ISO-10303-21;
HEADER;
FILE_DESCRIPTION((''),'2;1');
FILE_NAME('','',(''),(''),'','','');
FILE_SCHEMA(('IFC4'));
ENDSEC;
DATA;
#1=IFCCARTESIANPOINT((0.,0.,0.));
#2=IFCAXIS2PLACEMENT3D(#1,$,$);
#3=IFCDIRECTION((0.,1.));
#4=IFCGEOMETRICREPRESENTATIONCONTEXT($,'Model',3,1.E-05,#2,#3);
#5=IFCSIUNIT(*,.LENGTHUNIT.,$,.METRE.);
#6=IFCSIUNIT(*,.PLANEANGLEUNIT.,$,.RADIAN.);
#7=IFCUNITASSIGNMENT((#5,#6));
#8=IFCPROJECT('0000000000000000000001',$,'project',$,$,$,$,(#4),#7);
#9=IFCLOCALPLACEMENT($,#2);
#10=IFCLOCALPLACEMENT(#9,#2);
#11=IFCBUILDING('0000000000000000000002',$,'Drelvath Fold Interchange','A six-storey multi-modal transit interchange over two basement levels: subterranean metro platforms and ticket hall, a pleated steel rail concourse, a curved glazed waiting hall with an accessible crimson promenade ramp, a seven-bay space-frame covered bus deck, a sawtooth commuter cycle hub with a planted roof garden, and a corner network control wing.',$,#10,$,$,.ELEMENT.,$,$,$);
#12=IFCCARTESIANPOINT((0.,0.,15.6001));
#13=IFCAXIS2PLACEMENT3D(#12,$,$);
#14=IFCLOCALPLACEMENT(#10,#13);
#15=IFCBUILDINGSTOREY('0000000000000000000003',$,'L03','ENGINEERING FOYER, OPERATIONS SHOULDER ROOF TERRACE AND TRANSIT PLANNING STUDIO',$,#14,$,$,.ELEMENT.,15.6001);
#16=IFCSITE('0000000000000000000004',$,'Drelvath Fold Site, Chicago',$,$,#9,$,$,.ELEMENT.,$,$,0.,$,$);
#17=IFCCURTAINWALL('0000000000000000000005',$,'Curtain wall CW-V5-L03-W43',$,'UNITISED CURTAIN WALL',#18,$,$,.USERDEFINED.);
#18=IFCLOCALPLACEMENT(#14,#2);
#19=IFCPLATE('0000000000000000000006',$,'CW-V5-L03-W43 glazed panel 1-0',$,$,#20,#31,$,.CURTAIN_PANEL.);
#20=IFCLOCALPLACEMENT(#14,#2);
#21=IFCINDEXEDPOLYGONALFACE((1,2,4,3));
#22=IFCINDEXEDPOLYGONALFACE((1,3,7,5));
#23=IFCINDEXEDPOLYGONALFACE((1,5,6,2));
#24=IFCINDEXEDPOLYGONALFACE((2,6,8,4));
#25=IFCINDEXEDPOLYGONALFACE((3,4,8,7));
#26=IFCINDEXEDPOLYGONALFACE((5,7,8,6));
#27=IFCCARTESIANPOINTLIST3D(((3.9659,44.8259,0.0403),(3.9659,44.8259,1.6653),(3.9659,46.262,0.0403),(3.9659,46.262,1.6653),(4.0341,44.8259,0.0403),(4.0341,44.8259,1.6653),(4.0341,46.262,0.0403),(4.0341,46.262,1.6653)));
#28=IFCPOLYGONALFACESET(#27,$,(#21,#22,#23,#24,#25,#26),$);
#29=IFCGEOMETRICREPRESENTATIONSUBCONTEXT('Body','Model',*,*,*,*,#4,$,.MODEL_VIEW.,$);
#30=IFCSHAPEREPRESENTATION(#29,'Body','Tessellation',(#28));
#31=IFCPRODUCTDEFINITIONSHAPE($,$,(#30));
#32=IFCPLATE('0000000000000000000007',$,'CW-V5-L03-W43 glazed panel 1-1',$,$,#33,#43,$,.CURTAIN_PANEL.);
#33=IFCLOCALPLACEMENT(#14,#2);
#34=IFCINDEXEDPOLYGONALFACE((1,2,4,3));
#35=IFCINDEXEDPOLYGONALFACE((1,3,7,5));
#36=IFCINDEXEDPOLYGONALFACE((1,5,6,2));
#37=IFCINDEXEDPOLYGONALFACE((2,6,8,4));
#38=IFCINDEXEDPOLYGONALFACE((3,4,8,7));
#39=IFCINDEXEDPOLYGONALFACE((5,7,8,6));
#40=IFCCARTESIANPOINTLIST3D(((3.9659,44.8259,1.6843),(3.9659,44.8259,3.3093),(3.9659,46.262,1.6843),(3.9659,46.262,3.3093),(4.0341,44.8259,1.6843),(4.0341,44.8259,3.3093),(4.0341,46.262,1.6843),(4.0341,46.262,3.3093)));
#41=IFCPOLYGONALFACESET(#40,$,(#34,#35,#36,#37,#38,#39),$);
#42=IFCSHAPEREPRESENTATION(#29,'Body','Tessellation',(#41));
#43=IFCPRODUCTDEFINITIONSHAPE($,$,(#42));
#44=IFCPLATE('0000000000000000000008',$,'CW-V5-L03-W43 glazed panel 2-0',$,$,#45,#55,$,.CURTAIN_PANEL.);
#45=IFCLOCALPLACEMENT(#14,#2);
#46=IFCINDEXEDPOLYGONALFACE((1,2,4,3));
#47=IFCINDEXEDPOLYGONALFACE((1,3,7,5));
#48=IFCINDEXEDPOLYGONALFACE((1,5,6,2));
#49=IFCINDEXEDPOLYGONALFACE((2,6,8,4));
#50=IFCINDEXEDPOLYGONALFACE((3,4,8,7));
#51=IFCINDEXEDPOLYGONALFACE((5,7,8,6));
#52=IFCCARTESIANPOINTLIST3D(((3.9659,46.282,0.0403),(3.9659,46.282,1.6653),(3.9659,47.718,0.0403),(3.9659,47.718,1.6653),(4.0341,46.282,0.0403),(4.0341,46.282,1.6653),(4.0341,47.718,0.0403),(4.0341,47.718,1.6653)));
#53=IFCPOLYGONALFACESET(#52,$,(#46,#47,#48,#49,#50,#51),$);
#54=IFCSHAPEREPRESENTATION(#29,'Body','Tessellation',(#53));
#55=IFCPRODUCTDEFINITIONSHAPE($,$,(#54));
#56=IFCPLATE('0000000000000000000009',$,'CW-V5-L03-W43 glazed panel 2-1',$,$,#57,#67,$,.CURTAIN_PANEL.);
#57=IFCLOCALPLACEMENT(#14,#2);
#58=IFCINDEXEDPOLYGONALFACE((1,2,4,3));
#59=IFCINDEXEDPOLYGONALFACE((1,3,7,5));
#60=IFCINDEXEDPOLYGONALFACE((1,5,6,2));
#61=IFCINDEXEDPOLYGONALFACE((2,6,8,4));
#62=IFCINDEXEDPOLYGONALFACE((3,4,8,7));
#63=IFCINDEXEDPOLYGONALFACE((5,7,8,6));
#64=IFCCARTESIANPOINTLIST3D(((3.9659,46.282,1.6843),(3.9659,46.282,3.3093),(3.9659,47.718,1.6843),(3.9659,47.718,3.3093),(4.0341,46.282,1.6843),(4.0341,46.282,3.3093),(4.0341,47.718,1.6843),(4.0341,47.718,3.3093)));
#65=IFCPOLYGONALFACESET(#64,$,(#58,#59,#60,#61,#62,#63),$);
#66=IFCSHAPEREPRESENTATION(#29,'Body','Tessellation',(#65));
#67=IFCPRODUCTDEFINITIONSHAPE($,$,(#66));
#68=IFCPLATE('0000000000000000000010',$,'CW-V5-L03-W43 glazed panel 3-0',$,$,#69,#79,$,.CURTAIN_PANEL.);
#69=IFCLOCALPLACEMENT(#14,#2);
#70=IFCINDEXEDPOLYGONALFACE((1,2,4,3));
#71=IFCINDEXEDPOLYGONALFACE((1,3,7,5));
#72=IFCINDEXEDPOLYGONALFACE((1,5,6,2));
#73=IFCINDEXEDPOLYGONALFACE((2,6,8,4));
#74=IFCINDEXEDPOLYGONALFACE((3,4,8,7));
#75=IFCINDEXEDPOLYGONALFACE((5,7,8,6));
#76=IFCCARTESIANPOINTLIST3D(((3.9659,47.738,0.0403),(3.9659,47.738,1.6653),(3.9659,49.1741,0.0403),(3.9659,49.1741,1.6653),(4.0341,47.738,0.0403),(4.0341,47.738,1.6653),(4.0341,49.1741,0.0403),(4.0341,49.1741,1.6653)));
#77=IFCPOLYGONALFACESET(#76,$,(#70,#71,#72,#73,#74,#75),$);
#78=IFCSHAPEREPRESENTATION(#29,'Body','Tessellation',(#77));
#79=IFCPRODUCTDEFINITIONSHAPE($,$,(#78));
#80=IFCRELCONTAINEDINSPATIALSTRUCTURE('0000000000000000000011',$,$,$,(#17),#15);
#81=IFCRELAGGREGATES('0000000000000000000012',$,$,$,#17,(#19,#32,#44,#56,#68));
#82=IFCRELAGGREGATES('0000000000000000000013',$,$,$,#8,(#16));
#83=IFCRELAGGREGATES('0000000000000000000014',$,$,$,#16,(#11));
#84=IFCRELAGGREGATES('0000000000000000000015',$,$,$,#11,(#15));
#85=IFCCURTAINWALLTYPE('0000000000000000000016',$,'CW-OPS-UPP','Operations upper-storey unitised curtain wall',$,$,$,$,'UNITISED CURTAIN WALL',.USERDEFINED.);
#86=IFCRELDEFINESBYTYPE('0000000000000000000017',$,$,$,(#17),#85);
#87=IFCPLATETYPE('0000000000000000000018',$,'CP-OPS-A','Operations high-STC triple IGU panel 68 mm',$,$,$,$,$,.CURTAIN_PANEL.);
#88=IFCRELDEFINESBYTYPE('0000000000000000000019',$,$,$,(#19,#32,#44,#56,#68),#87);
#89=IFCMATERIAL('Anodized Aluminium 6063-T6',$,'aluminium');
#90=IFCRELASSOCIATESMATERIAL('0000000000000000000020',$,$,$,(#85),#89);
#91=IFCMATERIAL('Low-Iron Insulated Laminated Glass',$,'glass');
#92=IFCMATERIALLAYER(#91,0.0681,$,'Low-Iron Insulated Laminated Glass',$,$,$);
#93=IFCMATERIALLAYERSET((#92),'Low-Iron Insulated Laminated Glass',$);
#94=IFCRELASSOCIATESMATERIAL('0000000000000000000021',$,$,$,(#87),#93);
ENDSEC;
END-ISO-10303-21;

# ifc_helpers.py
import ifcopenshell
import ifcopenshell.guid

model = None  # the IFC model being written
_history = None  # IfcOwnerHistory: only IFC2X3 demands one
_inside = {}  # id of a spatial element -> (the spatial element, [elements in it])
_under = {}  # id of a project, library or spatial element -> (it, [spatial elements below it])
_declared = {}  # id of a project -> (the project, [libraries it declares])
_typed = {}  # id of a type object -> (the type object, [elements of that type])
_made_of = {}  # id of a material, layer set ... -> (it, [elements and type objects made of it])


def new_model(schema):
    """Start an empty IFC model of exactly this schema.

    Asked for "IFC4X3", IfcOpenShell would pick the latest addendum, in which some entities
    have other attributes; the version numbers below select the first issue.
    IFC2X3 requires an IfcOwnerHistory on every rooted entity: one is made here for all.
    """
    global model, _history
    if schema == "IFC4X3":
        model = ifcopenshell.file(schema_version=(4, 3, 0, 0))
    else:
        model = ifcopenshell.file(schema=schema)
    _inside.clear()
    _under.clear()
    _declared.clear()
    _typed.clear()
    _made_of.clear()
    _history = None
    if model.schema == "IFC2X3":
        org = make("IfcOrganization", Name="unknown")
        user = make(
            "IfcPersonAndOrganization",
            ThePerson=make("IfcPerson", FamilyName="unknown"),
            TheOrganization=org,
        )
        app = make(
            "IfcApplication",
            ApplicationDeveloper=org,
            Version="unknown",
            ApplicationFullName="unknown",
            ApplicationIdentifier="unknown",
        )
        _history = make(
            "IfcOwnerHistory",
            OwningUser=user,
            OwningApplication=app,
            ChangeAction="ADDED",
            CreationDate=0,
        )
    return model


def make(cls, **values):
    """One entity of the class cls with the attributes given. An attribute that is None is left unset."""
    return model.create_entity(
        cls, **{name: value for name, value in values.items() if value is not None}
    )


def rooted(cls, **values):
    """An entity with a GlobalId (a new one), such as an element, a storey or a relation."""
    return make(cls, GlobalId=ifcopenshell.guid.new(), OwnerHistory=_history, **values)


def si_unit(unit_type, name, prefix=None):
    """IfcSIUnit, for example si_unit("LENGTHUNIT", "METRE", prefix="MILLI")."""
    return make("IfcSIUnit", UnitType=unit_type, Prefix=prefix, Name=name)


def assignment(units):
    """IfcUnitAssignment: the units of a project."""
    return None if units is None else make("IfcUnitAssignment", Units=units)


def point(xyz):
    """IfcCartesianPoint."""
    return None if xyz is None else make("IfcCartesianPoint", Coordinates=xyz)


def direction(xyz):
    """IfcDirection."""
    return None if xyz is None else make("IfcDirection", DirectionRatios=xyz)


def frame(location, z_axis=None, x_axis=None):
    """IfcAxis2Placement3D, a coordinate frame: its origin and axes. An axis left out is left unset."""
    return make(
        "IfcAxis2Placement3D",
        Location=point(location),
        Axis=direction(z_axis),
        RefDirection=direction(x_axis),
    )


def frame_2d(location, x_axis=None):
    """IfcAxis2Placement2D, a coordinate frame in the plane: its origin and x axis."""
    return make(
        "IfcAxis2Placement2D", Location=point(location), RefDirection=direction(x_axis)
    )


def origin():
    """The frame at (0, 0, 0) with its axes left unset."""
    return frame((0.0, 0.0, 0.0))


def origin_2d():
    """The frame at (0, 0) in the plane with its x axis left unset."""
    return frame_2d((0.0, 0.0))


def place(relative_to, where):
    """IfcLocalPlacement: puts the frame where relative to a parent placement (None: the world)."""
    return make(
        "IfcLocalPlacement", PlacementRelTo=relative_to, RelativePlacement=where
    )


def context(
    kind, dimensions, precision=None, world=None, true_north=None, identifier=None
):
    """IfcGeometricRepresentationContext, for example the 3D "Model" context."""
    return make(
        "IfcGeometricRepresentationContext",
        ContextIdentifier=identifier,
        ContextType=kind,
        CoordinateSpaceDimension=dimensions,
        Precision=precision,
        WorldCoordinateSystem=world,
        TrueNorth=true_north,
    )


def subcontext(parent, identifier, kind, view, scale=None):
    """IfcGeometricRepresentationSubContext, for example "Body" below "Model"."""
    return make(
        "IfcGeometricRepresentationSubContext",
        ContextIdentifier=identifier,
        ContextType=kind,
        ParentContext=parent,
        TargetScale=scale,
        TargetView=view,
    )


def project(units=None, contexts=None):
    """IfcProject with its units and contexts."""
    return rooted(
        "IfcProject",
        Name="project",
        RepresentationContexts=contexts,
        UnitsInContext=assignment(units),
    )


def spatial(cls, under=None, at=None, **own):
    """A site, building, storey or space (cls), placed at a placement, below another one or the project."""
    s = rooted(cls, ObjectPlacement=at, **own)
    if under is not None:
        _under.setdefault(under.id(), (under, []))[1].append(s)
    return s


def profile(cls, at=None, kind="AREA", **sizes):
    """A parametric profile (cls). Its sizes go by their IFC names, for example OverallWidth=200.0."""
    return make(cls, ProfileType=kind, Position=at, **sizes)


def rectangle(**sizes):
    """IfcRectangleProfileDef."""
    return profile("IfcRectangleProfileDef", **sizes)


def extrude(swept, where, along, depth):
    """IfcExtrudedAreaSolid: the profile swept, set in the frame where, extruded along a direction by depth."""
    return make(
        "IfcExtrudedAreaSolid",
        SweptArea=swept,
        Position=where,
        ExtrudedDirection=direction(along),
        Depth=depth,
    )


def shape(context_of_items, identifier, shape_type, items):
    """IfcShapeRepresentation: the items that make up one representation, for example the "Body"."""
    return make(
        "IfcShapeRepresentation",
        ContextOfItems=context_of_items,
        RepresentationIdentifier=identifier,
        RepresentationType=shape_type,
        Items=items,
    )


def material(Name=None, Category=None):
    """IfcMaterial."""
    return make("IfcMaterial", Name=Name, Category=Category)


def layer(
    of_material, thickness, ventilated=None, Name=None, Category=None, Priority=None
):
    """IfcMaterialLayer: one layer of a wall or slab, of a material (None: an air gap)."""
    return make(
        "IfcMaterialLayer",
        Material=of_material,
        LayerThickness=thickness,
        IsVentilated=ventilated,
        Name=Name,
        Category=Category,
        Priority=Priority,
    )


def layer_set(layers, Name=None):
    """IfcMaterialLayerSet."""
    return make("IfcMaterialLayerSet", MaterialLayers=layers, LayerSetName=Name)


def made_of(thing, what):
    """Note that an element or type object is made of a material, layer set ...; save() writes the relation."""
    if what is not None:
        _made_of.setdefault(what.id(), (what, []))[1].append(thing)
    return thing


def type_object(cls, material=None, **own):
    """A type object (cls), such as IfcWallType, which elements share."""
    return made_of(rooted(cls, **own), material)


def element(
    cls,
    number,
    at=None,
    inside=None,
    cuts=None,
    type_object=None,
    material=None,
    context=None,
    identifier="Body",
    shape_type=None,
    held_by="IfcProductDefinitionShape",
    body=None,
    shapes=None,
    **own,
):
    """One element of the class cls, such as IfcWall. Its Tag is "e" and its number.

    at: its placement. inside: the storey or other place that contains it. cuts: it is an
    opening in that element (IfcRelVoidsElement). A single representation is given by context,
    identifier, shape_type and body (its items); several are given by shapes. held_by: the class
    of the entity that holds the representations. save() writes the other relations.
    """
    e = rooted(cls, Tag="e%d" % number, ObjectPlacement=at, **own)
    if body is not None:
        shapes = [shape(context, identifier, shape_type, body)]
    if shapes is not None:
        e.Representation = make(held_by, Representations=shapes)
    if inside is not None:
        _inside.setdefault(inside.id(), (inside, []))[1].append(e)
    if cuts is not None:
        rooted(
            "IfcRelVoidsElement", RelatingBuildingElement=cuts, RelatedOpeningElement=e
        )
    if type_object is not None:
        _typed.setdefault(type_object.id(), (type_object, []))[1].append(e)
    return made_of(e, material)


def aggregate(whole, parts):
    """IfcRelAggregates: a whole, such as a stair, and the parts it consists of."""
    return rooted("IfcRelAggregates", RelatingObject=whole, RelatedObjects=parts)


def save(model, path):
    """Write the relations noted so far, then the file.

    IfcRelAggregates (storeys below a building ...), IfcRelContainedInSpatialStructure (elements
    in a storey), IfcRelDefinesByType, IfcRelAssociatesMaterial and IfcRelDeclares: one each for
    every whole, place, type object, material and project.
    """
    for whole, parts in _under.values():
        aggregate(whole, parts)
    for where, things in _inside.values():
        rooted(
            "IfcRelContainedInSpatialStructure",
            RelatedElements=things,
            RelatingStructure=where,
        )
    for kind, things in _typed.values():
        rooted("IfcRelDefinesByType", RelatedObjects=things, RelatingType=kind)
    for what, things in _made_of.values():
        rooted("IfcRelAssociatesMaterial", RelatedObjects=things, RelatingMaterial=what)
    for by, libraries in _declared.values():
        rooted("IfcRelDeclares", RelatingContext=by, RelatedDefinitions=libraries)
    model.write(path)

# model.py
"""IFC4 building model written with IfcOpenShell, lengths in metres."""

from ifc_helpers import new_model, si_unit, direction, frame, origin, origin_2d, place, context, subcontext, project, spatial, rectangle, extrude, material, layer, layer_set, type_object, element, aggregate, save


model = new_model("IFC4")

# Units and contexts
model_context = context("Model", 3, precision=1e-05, world=origin(), true_north=direction((0.0, 1.0)))
body_context = subcontext(model_context, "Body", "Model", "MODEL_VIEW")
ifc_project = project(units=[si_unit("LENGTHUNIT", "METRE"), si_unit("PLANEANGLEUNIT", "RADIAN")], contexts=[model_context])

# Site, building, storey
site_placement = place(None, origin())
site = spatial("IfcSite", under=ifc_project, at=site_placement, Name="Drelvath Fold Site, Chicago", CompositionType="ELEMENT", RefElevation=0.0)
building_placement = place(site_placement, origin())
building = spatial("IfcBuilding", under=site, at=building_placement, Name="Drelvath Fold Interchange", Description="A six-storey multi-modal transit interchange over two basement levels: subterranean metro platforms and ticket hall, a pleated steel rail concourse, a curved glazed waiting hall with an accessible crimson promenade ramp, a seven-bay space-frame covered bus deck, a sawtooth commuter cycle hub with a planted roof garden, and a corner network control wing.", CompositionType="ELEMENT")
storey_placement = place(building_placement, frame((0.0, 0.0, 15.6001)))
storey = spatial("IfcBuildingStorey", under=building, at=storey_placement, Name="L03", Description="ENGINEERING FOYER, OPERATIONS SHOULDER ROOF TERRACE AND TRANSIT PLANNING STUDIO", CompositionType="ELEMENT", Elevation=15.6001)

# Curtain wall
ifc_material_1 = material(Name="Anodized Aluminium 6063-T6", Category="aluminium")
curtain_wall_type = type_object("IfcCurtainWallType", Name="CW-OPS-UPP", Description="Operations upper-storey unitised curtain wall", ElementType="UNITISED CURTAIN WALL", PredefinedType="USERDEFINED", material=ifc_material_1)
curtain_wall_1_placement = place(storey_placement, origin())
curtain_wall_1 = element("IfcCurtainWall", 1, at=curtain_wall_1_placement, inside=storey, type_object=curtain_wall_type, Name="Curtain wall CW-V5-L03-W43", ObjectType="UNITISED CURTAIN WALL", PredefinedType="USERDEFINED")

# Plates
ifc_material_2 = material(Name="Low-Iron Insulated Laminated Glass", Category="glass")
ifc_layer = layer(ifc_material_2, 0.0681, Name="Low-Iron Insulated Laminated Glass")
ifc_layer_set = layer_set([ifc_layer], Name="Low-Iron Insulated Laminated Glass")
plate_type = type_object("IfcPlateType", Name="CP-OPS-A", Description="Operations high-STC triple IGU panel 68 mm", PredefinedType="CURTAIN_PANEL", material=ifc_layer_set)
plate_1_placement = place(storey_placement, frame((4.0, 45.5439, 0.0403), z_axis=(0.0, 0.0, 1.0), x_axis=(0.0, 1.0, 0.0)))
plate_1 = element("IfcPlate", 2, at=plate_1_placement, type_object=plate_type, Name="CW-V5-L03-W43 glazed panel 1-0", PredefinedType="CURTAIN_PANEL", context=body_context, shape_type="SweptSolid", body=[
    extrude(rectangle(XDim=1.436, YDim=0.0681, at=origin_2d()), origin(), (0.0, 0.0, 1.0), 1.625),
])
plate_2_placement = place(storey_placement, frame((4.0, 45.5439, 1.6843), z_axis=(0.0, 0.0, 1.0), x_axis=(0.0, 1.0, 0.0)))
plate_2 = element("IfcPlate", 3, at=plate_2_placement, type_object=plate_type, Name="CW-V5-L03-W43 glazed panel 1-1", PredefinedType="CURTAIN_PANEL", context=body_context, shape_type="SweptSolid", body=[
    extrude(rectangle(XDim=1.436, YDim=0.0681, at=origin_2d()), origin(), (0.0, 0.0, 1.0), 1.625),
])
plate_3_placement = place(storey_placement, frame((4.0, 47.0, 0.0403), z_axis=(0.0, 0.0, 1.0), x_axis=(0.0, 1.0, 0.0)))
plate_3 = element("IfcPlate", 4, at=plate_3_placement, type_object=plate_type, Name="CW-V5-L03-W43 glazed panel 2-0", PredefinedType="CURTAIN_PANEL", context=body_context, shape_type="SweptSolid", body=[
    extrude(rectangle(XDim=1.436, YDim=0.0681, at=origin_2d()), origin(), (0.0, 0.0, 1.0), 1.625),
])
plate_4_placement = place(storey_placement, frame((4.0, 47.0, 1.6843), z_axis=(0.0, 0.0, 1.0), x_axis=(0.0, 1.0, 0.0)))
plate_4 = element("IfcPlate", 5, at=plate_4_placement, type_object=plate_type, Name="CW-V5-L03-W43 glazed panel 2-1", PredefinedType="CURTAIN_PANEL", context=body_context, shape_type="SweptSolid", body=[
    extrude(rectangle(XDim=1.436, YDim=0.0681, at=origin_2d()), origin(), (0.0, 0.0, 1.0), 1.625),
])
plate_5_placement = place(storey_placement, frame((4.0, 48.4561, 0.0403), z_axis=(0.0, 0.0, 1.0), x_axis=(0.0, 1.0, 0.0)))
plate_5 = element("IfcPlate", 6, at=plate_5_placement, type_object=plate_type, Name="CW-V5-L03-W43 glazed panel 3-0", PredefinedType="CURTAIN_PANEL", context=body_context, shape_type="SweptSolid", body=[
    extrude(rectangle(XDim=1.436, YDim=0.0681, at=origin_2d()), origin(), (0.0, 0.0, 1.0), 1.625),
])
aggregate(curtain_wall_1, [plate_1, plate_2, plate_3, plate_4, plate_5])

save(model, "model.ifc")
